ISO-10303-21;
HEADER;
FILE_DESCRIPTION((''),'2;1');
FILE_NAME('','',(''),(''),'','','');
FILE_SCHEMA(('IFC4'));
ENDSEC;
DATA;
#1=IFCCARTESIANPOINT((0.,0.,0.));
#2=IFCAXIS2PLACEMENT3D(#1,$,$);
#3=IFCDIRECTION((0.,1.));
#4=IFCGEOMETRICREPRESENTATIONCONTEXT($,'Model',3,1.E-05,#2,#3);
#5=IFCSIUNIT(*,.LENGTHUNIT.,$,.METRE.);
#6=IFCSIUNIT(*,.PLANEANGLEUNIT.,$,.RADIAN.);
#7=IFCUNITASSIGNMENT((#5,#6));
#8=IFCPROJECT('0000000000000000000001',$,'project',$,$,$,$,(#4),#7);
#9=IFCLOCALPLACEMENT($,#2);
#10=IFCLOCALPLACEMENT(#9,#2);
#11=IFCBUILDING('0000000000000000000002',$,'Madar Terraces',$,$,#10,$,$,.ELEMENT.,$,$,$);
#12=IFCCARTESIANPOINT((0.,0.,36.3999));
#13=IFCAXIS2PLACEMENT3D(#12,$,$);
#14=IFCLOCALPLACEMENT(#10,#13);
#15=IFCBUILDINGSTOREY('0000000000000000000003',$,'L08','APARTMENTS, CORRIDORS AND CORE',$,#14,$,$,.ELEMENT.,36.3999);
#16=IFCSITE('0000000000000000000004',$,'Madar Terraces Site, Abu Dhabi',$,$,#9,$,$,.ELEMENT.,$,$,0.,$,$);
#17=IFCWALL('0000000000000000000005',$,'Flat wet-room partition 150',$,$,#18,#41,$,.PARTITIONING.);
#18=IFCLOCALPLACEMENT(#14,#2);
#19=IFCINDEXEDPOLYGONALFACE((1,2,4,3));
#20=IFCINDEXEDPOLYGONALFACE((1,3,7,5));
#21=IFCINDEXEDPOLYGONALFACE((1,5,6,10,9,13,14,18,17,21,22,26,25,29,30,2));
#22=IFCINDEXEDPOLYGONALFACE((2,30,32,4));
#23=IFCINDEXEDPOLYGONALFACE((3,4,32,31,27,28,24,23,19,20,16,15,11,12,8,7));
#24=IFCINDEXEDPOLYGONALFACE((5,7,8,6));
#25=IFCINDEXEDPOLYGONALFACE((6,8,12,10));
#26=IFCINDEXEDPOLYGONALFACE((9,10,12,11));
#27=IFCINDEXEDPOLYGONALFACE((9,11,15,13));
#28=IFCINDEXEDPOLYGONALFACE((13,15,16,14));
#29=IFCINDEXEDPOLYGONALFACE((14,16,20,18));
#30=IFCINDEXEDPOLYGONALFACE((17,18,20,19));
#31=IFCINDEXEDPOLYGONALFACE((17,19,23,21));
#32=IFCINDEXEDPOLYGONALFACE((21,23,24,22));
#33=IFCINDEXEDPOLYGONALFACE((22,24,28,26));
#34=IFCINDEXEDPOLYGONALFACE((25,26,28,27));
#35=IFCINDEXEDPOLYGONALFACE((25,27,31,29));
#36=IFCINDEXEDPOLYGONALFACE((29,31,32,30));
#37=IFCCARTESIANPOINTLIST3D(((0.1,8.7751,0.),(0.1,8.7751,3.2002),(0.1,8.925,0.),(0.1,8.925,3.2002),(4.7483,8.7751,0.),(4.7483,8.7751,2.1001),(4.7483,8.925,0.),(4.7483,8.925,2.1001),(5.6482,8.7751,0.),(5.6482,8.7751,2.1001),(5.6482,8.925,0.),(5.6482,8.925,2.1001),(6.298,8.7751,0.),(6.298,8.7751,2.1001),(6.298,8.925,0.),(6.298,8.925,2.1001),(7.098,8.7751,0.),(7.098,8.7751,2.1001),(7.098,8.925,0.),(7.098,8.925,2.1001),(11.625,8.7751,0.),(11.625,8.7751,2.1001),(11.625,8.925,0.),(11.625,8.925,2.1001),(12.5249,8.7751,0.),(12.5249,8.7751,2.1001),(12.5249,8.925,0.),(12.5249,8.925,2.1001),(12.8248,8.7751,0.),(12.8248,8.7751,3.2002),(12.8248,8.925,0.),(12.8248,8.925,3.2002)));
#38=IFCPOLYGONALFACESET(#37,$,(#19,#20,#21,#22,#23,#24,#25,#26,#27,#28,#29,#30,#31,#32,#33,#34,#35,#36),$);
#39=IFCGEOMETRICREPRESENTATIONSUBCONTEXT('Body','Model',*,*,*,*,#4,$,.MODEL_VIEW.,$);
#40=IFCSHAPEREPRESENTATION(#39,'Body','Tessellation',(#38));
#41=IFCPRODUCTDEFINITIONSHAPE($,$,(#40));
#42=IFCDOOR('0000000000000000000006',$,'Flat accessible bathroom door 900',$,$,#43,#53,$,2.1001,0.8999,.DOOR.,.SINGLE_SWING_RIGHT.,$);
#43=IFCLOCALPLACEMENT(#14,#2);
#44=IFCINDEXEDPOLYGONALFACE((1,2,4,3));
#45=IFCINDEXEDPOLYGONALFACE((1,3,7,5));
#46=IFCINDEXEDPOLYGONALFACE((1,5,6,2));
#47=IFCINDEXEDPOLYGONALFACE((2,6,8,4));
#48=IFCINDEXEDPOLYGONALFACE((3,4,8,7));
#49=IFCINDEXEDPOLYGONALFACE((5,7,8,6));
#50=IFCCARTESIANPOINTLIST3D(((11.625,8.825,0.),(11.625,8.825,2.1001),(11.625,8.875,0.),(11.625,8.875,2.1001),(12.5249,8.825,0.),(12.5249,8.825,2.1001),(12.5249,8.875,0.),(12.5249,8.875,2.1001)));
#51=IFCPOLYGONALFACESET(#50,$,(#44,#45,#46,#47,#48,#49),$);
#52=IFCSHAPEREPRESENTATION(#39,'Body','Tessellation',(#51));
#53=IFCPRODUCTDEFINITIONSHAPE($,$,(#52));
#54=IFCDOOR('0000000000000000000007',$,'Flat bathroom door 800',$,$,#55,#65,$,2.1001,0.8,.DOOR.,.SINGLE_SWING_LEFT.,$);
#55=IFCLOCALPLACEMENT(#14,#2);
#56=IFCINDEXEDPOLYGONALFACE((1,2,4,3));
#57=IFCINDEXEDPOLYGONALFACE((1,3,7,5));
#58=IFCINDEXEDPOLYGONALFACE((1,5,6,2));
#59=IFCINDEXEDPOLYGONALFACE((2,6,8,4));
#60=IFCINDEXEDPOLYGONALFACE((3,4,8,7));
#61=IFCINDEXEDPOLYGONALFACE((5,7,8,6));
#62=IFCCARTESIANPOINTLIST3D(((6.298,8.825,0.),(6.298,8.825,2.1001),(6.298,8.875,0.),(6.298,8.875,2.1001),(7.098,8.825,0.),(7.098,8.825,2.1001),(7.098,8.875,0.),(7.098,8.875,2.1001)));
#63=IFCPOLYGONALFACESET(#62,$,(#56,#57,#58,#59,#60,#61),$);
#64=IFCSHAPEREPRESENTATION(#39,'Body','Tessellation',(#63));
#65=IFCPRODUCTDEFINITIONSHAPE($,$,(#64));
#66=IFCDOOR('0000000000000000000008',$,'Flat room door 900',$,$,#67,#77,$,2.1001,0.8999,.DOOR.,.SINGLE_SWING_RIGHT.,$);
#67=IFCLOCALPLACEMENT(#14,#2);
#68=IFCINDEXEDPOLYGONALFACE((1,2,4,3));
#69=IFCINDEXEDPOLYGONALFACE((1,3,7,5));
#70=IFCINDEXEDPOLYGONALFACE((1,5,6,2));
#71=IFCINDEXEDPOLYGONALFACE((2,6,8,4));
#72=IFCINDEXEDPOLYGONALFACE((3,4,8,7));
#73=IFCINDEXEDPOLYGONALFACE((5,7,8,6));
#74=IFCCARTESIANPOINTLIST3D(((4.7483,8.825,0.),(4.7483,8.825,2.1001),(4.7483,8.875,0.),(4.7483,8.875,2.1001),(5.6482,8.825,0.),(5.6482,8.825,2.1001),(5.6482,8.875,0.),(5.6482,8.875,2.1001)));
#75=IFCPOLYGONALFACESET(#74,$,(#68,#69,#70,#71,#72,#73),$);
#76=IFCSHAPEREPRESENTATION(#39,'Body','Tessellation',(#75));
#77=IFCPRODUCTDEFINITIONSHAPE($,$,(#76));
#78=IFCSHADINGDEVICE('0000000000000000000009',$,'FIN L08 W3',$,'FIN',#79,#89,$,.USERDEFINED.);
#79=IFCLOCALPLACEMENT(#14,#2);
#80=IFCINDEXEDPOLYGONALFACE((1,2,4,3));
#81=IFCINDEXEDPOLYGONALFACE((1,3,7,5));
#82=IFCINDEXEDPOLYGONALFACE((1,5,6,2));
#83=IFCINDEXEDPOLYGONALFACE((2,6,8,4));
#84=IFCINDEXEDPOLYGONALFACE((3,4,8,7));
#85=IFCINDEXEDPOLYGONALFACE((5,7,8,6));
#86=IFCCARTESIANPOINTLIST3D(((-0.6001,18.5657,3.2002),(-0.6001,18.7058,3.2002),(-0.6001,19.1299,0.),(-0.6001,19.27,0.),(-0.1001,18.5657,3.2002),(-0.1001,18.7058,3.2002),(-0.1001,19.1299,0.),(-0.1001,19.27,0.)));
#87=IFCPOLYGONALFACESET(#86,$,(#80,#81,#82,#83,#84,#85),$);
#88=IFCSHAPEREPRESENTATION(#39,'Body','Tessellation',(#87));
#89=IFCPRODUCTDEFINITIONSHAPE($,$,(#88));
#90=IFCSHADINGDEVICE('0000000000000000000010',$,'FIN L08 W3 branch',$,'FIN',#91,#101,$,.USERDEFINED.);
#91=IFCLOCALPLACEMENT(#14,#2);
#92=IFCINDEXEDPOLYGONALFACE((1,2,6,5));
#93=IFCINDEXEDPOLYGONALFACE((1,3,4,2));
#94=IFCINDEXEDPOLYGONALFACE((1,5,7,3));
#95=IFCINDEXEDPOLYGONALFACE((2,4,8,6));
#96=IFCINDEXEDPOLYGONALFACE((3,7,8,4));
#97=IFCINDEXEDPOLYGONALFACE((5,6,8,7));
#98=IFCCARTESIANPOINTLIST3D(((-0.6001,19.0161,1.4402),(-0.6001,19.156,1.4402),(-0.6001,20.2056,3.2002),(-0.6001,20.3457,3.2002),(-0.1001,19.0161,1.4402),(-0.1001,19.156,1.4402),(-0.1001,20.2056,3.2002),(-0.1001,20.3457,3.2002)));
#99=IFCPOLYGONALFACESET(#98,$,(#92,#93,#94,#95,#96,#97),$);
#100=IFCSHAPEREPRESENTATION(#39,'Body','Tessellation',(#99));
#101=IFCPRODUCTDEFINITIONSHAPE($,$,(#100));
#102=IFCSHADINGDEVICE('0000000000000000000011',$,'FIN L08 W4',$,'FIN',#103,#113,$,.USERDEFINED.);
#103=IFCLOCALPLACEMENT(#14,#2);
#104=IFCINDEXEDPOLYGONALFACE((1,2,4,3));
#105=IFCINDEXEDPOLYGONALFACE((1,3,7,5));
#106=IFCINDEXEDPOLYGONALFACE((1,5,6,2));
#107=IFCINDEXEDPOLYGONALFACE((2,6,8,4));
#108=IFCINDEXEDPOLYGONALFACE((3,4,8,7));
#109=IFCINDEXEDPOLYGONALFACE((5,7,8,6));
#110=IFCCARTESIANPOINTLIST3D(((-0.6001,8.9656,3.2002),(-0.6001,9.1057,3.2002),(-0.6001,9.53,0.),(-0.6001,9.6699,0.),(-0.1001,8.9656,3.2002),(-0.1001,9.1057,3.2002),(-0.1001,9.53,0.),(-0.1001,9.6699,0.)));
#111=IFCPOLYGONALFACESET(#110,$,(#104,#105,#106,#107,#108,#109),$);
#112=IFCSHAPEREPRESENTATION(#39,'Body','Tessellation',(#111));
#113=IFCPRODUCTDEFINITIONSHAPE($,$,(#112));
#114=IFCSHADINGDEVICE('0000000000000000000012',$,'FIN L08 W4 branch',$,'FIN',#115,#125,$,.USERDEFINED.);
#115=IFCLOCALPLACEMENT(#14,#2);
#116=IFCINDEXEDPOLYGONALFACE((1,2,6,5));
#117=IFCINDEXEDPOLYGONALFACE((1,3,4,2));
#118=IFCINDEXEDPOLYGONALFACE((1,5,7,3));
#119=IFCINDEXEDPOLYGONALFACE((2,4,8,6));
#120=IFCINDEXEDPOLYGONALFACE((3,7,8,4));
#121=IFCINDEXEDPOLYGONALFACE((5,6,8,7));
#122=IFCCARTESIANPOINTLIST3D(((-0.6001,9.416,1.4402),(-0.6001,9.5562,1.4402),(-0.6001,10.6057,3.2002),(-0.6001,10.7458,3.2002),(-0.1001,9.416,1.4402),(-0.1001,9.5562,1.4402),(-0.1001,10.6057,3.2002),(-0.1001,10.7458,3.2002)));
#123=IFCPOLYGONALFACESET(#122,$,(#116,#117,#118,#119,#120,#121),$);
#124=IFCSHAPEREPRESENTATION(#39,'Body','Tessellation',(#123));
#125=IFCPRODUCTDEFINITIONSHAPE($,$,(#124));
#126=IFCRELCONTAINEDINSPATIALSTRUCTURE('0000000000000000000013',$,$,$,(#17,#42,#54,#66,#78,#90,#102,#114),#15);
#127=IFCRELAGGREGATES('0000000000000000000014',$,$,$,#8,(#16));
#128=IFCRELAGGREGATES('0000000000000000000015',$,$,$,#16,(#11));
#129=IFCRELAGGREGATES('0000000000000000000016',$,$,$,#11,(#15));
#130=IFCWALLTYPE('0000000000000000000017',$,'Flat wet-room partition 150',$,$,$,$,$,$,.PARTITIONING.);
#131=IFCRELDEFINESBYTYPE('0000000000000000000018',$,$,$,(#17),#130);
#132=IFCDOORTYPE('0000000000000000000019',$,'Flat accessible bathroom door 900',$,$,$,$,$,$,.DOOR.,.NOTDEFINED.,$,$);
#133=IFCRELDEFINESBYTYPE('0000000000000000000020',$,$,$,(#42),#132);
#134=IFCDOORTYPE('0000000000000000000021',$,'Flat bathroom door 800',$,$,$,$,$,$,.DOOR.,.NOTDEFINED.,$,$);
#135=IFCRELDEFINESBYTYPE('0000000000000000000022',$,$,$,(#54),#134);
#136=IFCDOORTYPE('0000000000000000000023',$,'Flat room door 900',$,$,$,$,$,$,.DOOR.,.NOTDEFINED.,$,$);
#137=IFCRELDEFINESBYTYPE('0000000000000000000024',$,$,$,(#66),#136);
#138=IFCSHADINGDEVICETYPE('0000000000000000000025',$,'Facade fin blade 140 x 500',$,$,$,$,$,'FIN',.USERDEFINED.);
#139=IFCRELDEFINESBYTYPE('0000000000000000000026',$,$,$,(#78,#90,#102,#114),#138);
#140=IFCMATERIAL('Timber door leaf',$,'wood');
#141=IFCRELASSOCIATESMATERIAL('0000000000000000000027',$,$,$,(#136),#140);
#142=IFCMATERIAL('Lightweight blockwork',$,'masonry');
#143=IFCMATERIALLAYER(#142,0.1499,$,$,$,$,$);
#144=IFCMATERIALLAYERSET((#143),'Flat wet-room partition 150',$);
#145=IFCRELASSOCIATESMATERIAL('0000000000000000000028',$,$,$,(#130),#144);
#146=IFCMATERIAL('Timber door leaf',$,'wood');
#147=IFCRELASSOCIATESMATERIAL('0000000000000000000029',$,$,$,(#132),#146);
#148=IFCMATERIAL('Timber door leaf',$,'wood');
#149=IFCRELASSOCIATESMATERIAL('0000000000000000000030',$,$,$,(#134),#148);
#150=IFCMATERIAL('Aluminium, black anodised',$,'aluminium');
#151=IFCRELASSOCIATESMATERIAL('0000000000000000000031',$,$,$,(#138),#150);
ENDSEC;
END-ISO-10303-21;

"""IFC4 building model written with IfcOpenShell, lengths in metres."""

from ifc_helpers import new_model, si_unit, direction, frame, frame_2d, origin, place, context, subcontext, project, spatial, polyline, rectangle, outline, extrude, material, layer, layer_set, type_object, element, fill, save


model = new_model("IFC4")

# Units and contexts
model_context = context("Model", 3, precision=1e-05, world=origin(), true_north=direction((0.0, 1.0)))
body_context = subcontext(model_context, "Body", "Model", "MODEL_VIEW")
ifc_project = project(units=[si_unit("LENGTHUNIT", "METRE"), si_unit("PLANEANGLEUNIT", "RADIAN")], contexts=[model_context])

# Site, building, storey
site_placement = place(None, origin())
site = spatial("IfcSite", under=ifc_project, at=site_placement, Name="Madar Terraces Site, Abu Dhabi", CompositionType="ELEMENT", RefElevation=0.0)
building_placement = place(site_placement, origin())
building = spatial("IfcBuilding", under=site, at=building_placement, Name="Madar Terraces", CompositionType="ELEMENT")
storey_placement = place(building_placement, frame((0.0, 0.0, 36.3999)))
storey = spatial("IfcBuildingStorey", under=building, at=storey_placement, Name="L08", Description="APARTMENTS, CORRIDORS AND CORE", CompositionType="ELEMENT", Elevation=36.3999)

# Shared definitions
ifc_material_1 = material(Name="Timber door leaf", Category="wood")
door_type_1 = type_object("IfcDoorType", Name="Flat room door 900", OperationType="NOTDEFINED", PredefinedType="DOOR", material=ifc_material_1)

# Shared definitions
ifc_material_2 = material(Name="Lightweight blockwork", Category="masonry")
ifc_layer_1 = layer(ifc_material_2, 0.1499)
ifc_layer_set_1 = layer_set([ifc_layer_1], Name="Flat wet-room partition 150")
wall_type_1 = type_object("IfcWallType", Name="Flat wet-room partition 150", PredefinedType="PARTITIONING", material=ifc_layer_set_1)

# Wall, openings, doors
wall_1_placement = place(storey_placement, frame((0.1001, 8.8501, 0.0), z_axis=(0.0, 0.0, 1.0), x_axis=(1.0, 0.0, 0.0)))
wall_1 = element("IfcWall", 1, at=wall_1_placement, inside=storey, type_object=wall_type_1, Name="Flat wet-room partition 150", PredefinedType="PARTITIONING", context=body_context, shape_type="SweptSolid", body=[
    extrude(rectangle(XDim=12.7249, YDim=0.1499, at=frame_2d((6.3623, 0.0))), origin(), (0.0, 0.0, 1.0), 3.2002),
])
opening_1_placement = place(wall_1_placement, frame((11.5249, 0.0, 0.0)))
opening_1 = element("IfcOpeningElement", 2, at=opening_1_placement, cuts=wall_1, PredefinedType="OPENING", context=body_context, shape_type="SweptSolid", body=[
    extrude(rectangle(XDim=0.8999, YDim=2.1001, at=frame_2d((0.45, 1.05))), frame((0.0, 0.085, 0.0), z_axis=(0.0, -1.0, 0.0), x_axis=(1.0, 0.0, 0.0)), (0.0, 0.0, 1.0), 0.1699),
])
opening_2_placement = place(wall_1_placement, frame((6.198, 0.0, 0.0)))
opening_2 = element("IfcOpeningElement", 3, at=opening_2_placement, cuts=wall_1, PredefinedType="OPENING", context=body_context, shape_type="SweptSolid", body=[
    extrude(rectangle(XDim=0.8, YDim=2.1001, at=frame_2d((0.3999, 1.05))), frame((0.0, 0.085, 0.0), z_axis=(0.0, -1.0, 0.0), x_axis=(1.0, 0.0, 0.0)), (0.0, 0.0, 1.0), 0.1699),
])
opening_3_placement = place(wall_1_placement, frame((4.6482, 0.0, 0.0)))
opening_3 = element("IfcOpeningElement", 4, at=opening_3_placement, cuts=wall_1, PredefinedType="OPENING", context=body_context, shape_type="SweptSolid", body=[
    extrude(rectangle(XDim=0.8999, YDim=2.1001, at=frame_2d((0.45, 1.05))), frame((0.0, 0.085, 0.0), z_axis=(0.0, -1.0, 0.0), x_axis=(1.0, 0.0, 0.0)), (0.0, 0.0, 1.0), 0.1699),
])
ifc_material_3 = material(Name="Timber door leaf", Category="wood")
door_type_2 = type_object("IfcDoorType", Name="Flat accessible bathroom door 900", OperationType="NOTDEFINED", PredefinedType="DOOR", material=ifc_material_3)
door_1_placement = place(opening_1_placement, origin())
door_1 = element("IfcDoor", 5, at=door_1_placement, inside=storey, type_object=door_type_2, Name="Flat accessible bathroom door 900", OperationType="SINGLE_SWING_RIGHT", OverallHeight=2.1001, OverallWidth=0.8999, PredefinedType="DOOR", context=body_context, shape_type="SweptSolid", body=[
    extrude(rectangle(XDim=0.8999, YDim=2.1001, at=frame_2d((0.45, 1.05))), frame((0.0, 0.0249, 0.0), z_axis=(0.0, -1.0, 0.0), x_axis=(1.0, 0.0, 0.0)), (0.0, 0.0, 1.0), 0.05),
])
fill(opening_1, door_1)
ifc_material_4 = material(Name="Timber door leaf", Category="wood")
door_type_3 = type_object("IfcDoorType", Name="Flat bathroom door 800", OperationType="NOTDEFINED", PredefinedType="DOOR", material=ifc_material_4)
door_2_placement = place(opening_2_placement, origin())
door_2 = element("IfcDoor", 6, at=door_2_placement, inside=storey, type_object=door_type_3, Name="Flat bathroom door 800", OperationType="SINGLE_SWING_LEFT", OverallHeight=2.1001, OverallWidth=0.8, PredefinedType="DOOR", context=body_context, shape_type="SweptSolid", body=[
    extrude(rectangle(XDim=0.8, YDim=2.1001, at=frame_2d((0.3999, 1.05))), frame((0.0, 0.0249, 0.0), z_axis=(0.0, -1.0, 0.0), x_axis=(1.0, 0.0, 0.0)), (0.0, 0.0, 1.0), 0.05),
])
fill(opening_2, door_2)
door_3_placement = place(opening_3_placement, origin())
door_3 = element("IfcDoor", 7, at=door_3_placement, inside=storey, type_object=door_type_1, Name="Flat room door 900", OperationType="SINGLE_SWING_RIGHT", OverallHeight=2.1001, OverallWidth=0.8999, PredefinedType="DOOR", context=body_context, shape_type="SweptSolid", body=[
    extrude(rectangle(XDim=0.8999, YDim=2.1001, at=frame_2d((0.45, 1.05))), frame((0.0, 0.0249, 0.0), z_axis=(0.0, -1.0, 0.0), x_axis=(1.0, 0.0, 0.0)), (0.0, 0.0, 1.0), 0.05),
])
fill(opening_3, door_3)

# Shading devices
ifc_material_5 = material(Name="Aluminium, black anodised", Category="aluminium")
shading_device_type = type_object("IfcShadingDeviceType", Name="Facade fin blade 140 x 500", ElementType="FIN", PredefinedType="USERDEFINED", material=ifc_material_5)
shading_device_1_placement = place(storey_placement, frame((-0.3501, 19.27, 0.0), z_axis=(0.0, 0.0, 1.0), x_axis=(0.0, -1.0, 0.0)))
element("IfcShadingDevice", 8, at=shading_device_1_placement, inside=storey, type_object=shading_device_type, Name="FIN L08 W3", ObjectType="FIN", PredefinedType="USERDEFINED", context=body_context, shape_type="SweptSolid", body=[
    extrude(outline(polyline([(0.0, 0.0), (0.1401, 0.0), (0.7043, 3.2002), (0.5642, 3.2002), (0.0, 0.0)])), frame((0.0, 0.25, 0.0), z_axis=(0.0, -1.0, 0.0), x_axis=(1.0, 0.0, 0.0)), (0.0, 0.0, 1.0), 0.5),
])
shading_device_2_placement = place(storey_placement, frame((-0.3501, 19.156, 1.4402), z_axis=(0.0, 0.0, 1.0), x_axis=(0.0, -1.0, 0.0)))
element("IfcShadingDevice", 9, at=shading_device_2_placement, inside=storey, type_object=shading_device_type, Name="FIN L08 W3 branch", ObjectType="FIN", PredefinedType="USERDEFINED", context=body_context, shape_type="SweptSolid", body=[
    extrude(outline(polyline([(0.0, 0.0), (0.1399, 0.0), (-1.0496, 1.76), (-1.1897, 1.76), (0.0, 0.0)])), frame((0.0, 0.25, 0.0), z_axis=(0.0, -1.0, 0.0), x_axis=(1.0, 0.0, 0.0)), (0.0, 0.0, 1.0), 0.5),
])
shading_device_3_placement = place(storey_placement, frame((-0.3501, 9.6699, 0.0), z_axis=(0.0, 0.0, 1.0), x_axis=(0.0, -1.0, 0.0)))
element("IfcShadingDevice", 10, at=shading_device_3_placement, inside=storey, type_object=shading_device_type, Name="FIN L08 W4", ObjectType="FIN", PredefinedType="USERDEFINED", context=body_context, shape_type="SweptSolid", body=[
    extrude(outline(polyline([(0.0, 0.0), (0.1399, 0.0), (0.7043, 3.2002), (0.5642, 3.2002), (0.0, 0.0)])), frame((0.0, 0.25, 0.0), z_axis=(0.0, -1.0, 0.0), x_axis=(1.0, 0.0, 0.0)), (0.0, 0.0, 1.0), 0.5),
])
shading_device_4_placement = place(storey_placement, frame((-0.3501, 9.5562, 1.4402), z_axis=(0.0, 0.0, 1.0), x_axis=(0.0, -1.0, 0.0)))
element("IfcShadingDevice", 11, at=shading_device_4_placement, inside=storey, type_object=shading_device_type, Name="FIN L08 W4 branch", ObjectType="FIN", PredefinedType="USERDEFINED", context=body_context, shape_type="SweptSolid", body=[
    extrude(outline(polyline([(0.0, 0.0), (0.1401, 0.0), (-1.0496, 1.76), (-1.1897, 1.76), (0.0, 0.0)])), frame((0.0, 0.25, 0.0), z_axis=(0.0, -1.0, 0.0), x_axis=(1.0, 0.0, 0.0)), (0.0, 0.0, 1.0), 0.5),
])

save(model, "model.ifc")
